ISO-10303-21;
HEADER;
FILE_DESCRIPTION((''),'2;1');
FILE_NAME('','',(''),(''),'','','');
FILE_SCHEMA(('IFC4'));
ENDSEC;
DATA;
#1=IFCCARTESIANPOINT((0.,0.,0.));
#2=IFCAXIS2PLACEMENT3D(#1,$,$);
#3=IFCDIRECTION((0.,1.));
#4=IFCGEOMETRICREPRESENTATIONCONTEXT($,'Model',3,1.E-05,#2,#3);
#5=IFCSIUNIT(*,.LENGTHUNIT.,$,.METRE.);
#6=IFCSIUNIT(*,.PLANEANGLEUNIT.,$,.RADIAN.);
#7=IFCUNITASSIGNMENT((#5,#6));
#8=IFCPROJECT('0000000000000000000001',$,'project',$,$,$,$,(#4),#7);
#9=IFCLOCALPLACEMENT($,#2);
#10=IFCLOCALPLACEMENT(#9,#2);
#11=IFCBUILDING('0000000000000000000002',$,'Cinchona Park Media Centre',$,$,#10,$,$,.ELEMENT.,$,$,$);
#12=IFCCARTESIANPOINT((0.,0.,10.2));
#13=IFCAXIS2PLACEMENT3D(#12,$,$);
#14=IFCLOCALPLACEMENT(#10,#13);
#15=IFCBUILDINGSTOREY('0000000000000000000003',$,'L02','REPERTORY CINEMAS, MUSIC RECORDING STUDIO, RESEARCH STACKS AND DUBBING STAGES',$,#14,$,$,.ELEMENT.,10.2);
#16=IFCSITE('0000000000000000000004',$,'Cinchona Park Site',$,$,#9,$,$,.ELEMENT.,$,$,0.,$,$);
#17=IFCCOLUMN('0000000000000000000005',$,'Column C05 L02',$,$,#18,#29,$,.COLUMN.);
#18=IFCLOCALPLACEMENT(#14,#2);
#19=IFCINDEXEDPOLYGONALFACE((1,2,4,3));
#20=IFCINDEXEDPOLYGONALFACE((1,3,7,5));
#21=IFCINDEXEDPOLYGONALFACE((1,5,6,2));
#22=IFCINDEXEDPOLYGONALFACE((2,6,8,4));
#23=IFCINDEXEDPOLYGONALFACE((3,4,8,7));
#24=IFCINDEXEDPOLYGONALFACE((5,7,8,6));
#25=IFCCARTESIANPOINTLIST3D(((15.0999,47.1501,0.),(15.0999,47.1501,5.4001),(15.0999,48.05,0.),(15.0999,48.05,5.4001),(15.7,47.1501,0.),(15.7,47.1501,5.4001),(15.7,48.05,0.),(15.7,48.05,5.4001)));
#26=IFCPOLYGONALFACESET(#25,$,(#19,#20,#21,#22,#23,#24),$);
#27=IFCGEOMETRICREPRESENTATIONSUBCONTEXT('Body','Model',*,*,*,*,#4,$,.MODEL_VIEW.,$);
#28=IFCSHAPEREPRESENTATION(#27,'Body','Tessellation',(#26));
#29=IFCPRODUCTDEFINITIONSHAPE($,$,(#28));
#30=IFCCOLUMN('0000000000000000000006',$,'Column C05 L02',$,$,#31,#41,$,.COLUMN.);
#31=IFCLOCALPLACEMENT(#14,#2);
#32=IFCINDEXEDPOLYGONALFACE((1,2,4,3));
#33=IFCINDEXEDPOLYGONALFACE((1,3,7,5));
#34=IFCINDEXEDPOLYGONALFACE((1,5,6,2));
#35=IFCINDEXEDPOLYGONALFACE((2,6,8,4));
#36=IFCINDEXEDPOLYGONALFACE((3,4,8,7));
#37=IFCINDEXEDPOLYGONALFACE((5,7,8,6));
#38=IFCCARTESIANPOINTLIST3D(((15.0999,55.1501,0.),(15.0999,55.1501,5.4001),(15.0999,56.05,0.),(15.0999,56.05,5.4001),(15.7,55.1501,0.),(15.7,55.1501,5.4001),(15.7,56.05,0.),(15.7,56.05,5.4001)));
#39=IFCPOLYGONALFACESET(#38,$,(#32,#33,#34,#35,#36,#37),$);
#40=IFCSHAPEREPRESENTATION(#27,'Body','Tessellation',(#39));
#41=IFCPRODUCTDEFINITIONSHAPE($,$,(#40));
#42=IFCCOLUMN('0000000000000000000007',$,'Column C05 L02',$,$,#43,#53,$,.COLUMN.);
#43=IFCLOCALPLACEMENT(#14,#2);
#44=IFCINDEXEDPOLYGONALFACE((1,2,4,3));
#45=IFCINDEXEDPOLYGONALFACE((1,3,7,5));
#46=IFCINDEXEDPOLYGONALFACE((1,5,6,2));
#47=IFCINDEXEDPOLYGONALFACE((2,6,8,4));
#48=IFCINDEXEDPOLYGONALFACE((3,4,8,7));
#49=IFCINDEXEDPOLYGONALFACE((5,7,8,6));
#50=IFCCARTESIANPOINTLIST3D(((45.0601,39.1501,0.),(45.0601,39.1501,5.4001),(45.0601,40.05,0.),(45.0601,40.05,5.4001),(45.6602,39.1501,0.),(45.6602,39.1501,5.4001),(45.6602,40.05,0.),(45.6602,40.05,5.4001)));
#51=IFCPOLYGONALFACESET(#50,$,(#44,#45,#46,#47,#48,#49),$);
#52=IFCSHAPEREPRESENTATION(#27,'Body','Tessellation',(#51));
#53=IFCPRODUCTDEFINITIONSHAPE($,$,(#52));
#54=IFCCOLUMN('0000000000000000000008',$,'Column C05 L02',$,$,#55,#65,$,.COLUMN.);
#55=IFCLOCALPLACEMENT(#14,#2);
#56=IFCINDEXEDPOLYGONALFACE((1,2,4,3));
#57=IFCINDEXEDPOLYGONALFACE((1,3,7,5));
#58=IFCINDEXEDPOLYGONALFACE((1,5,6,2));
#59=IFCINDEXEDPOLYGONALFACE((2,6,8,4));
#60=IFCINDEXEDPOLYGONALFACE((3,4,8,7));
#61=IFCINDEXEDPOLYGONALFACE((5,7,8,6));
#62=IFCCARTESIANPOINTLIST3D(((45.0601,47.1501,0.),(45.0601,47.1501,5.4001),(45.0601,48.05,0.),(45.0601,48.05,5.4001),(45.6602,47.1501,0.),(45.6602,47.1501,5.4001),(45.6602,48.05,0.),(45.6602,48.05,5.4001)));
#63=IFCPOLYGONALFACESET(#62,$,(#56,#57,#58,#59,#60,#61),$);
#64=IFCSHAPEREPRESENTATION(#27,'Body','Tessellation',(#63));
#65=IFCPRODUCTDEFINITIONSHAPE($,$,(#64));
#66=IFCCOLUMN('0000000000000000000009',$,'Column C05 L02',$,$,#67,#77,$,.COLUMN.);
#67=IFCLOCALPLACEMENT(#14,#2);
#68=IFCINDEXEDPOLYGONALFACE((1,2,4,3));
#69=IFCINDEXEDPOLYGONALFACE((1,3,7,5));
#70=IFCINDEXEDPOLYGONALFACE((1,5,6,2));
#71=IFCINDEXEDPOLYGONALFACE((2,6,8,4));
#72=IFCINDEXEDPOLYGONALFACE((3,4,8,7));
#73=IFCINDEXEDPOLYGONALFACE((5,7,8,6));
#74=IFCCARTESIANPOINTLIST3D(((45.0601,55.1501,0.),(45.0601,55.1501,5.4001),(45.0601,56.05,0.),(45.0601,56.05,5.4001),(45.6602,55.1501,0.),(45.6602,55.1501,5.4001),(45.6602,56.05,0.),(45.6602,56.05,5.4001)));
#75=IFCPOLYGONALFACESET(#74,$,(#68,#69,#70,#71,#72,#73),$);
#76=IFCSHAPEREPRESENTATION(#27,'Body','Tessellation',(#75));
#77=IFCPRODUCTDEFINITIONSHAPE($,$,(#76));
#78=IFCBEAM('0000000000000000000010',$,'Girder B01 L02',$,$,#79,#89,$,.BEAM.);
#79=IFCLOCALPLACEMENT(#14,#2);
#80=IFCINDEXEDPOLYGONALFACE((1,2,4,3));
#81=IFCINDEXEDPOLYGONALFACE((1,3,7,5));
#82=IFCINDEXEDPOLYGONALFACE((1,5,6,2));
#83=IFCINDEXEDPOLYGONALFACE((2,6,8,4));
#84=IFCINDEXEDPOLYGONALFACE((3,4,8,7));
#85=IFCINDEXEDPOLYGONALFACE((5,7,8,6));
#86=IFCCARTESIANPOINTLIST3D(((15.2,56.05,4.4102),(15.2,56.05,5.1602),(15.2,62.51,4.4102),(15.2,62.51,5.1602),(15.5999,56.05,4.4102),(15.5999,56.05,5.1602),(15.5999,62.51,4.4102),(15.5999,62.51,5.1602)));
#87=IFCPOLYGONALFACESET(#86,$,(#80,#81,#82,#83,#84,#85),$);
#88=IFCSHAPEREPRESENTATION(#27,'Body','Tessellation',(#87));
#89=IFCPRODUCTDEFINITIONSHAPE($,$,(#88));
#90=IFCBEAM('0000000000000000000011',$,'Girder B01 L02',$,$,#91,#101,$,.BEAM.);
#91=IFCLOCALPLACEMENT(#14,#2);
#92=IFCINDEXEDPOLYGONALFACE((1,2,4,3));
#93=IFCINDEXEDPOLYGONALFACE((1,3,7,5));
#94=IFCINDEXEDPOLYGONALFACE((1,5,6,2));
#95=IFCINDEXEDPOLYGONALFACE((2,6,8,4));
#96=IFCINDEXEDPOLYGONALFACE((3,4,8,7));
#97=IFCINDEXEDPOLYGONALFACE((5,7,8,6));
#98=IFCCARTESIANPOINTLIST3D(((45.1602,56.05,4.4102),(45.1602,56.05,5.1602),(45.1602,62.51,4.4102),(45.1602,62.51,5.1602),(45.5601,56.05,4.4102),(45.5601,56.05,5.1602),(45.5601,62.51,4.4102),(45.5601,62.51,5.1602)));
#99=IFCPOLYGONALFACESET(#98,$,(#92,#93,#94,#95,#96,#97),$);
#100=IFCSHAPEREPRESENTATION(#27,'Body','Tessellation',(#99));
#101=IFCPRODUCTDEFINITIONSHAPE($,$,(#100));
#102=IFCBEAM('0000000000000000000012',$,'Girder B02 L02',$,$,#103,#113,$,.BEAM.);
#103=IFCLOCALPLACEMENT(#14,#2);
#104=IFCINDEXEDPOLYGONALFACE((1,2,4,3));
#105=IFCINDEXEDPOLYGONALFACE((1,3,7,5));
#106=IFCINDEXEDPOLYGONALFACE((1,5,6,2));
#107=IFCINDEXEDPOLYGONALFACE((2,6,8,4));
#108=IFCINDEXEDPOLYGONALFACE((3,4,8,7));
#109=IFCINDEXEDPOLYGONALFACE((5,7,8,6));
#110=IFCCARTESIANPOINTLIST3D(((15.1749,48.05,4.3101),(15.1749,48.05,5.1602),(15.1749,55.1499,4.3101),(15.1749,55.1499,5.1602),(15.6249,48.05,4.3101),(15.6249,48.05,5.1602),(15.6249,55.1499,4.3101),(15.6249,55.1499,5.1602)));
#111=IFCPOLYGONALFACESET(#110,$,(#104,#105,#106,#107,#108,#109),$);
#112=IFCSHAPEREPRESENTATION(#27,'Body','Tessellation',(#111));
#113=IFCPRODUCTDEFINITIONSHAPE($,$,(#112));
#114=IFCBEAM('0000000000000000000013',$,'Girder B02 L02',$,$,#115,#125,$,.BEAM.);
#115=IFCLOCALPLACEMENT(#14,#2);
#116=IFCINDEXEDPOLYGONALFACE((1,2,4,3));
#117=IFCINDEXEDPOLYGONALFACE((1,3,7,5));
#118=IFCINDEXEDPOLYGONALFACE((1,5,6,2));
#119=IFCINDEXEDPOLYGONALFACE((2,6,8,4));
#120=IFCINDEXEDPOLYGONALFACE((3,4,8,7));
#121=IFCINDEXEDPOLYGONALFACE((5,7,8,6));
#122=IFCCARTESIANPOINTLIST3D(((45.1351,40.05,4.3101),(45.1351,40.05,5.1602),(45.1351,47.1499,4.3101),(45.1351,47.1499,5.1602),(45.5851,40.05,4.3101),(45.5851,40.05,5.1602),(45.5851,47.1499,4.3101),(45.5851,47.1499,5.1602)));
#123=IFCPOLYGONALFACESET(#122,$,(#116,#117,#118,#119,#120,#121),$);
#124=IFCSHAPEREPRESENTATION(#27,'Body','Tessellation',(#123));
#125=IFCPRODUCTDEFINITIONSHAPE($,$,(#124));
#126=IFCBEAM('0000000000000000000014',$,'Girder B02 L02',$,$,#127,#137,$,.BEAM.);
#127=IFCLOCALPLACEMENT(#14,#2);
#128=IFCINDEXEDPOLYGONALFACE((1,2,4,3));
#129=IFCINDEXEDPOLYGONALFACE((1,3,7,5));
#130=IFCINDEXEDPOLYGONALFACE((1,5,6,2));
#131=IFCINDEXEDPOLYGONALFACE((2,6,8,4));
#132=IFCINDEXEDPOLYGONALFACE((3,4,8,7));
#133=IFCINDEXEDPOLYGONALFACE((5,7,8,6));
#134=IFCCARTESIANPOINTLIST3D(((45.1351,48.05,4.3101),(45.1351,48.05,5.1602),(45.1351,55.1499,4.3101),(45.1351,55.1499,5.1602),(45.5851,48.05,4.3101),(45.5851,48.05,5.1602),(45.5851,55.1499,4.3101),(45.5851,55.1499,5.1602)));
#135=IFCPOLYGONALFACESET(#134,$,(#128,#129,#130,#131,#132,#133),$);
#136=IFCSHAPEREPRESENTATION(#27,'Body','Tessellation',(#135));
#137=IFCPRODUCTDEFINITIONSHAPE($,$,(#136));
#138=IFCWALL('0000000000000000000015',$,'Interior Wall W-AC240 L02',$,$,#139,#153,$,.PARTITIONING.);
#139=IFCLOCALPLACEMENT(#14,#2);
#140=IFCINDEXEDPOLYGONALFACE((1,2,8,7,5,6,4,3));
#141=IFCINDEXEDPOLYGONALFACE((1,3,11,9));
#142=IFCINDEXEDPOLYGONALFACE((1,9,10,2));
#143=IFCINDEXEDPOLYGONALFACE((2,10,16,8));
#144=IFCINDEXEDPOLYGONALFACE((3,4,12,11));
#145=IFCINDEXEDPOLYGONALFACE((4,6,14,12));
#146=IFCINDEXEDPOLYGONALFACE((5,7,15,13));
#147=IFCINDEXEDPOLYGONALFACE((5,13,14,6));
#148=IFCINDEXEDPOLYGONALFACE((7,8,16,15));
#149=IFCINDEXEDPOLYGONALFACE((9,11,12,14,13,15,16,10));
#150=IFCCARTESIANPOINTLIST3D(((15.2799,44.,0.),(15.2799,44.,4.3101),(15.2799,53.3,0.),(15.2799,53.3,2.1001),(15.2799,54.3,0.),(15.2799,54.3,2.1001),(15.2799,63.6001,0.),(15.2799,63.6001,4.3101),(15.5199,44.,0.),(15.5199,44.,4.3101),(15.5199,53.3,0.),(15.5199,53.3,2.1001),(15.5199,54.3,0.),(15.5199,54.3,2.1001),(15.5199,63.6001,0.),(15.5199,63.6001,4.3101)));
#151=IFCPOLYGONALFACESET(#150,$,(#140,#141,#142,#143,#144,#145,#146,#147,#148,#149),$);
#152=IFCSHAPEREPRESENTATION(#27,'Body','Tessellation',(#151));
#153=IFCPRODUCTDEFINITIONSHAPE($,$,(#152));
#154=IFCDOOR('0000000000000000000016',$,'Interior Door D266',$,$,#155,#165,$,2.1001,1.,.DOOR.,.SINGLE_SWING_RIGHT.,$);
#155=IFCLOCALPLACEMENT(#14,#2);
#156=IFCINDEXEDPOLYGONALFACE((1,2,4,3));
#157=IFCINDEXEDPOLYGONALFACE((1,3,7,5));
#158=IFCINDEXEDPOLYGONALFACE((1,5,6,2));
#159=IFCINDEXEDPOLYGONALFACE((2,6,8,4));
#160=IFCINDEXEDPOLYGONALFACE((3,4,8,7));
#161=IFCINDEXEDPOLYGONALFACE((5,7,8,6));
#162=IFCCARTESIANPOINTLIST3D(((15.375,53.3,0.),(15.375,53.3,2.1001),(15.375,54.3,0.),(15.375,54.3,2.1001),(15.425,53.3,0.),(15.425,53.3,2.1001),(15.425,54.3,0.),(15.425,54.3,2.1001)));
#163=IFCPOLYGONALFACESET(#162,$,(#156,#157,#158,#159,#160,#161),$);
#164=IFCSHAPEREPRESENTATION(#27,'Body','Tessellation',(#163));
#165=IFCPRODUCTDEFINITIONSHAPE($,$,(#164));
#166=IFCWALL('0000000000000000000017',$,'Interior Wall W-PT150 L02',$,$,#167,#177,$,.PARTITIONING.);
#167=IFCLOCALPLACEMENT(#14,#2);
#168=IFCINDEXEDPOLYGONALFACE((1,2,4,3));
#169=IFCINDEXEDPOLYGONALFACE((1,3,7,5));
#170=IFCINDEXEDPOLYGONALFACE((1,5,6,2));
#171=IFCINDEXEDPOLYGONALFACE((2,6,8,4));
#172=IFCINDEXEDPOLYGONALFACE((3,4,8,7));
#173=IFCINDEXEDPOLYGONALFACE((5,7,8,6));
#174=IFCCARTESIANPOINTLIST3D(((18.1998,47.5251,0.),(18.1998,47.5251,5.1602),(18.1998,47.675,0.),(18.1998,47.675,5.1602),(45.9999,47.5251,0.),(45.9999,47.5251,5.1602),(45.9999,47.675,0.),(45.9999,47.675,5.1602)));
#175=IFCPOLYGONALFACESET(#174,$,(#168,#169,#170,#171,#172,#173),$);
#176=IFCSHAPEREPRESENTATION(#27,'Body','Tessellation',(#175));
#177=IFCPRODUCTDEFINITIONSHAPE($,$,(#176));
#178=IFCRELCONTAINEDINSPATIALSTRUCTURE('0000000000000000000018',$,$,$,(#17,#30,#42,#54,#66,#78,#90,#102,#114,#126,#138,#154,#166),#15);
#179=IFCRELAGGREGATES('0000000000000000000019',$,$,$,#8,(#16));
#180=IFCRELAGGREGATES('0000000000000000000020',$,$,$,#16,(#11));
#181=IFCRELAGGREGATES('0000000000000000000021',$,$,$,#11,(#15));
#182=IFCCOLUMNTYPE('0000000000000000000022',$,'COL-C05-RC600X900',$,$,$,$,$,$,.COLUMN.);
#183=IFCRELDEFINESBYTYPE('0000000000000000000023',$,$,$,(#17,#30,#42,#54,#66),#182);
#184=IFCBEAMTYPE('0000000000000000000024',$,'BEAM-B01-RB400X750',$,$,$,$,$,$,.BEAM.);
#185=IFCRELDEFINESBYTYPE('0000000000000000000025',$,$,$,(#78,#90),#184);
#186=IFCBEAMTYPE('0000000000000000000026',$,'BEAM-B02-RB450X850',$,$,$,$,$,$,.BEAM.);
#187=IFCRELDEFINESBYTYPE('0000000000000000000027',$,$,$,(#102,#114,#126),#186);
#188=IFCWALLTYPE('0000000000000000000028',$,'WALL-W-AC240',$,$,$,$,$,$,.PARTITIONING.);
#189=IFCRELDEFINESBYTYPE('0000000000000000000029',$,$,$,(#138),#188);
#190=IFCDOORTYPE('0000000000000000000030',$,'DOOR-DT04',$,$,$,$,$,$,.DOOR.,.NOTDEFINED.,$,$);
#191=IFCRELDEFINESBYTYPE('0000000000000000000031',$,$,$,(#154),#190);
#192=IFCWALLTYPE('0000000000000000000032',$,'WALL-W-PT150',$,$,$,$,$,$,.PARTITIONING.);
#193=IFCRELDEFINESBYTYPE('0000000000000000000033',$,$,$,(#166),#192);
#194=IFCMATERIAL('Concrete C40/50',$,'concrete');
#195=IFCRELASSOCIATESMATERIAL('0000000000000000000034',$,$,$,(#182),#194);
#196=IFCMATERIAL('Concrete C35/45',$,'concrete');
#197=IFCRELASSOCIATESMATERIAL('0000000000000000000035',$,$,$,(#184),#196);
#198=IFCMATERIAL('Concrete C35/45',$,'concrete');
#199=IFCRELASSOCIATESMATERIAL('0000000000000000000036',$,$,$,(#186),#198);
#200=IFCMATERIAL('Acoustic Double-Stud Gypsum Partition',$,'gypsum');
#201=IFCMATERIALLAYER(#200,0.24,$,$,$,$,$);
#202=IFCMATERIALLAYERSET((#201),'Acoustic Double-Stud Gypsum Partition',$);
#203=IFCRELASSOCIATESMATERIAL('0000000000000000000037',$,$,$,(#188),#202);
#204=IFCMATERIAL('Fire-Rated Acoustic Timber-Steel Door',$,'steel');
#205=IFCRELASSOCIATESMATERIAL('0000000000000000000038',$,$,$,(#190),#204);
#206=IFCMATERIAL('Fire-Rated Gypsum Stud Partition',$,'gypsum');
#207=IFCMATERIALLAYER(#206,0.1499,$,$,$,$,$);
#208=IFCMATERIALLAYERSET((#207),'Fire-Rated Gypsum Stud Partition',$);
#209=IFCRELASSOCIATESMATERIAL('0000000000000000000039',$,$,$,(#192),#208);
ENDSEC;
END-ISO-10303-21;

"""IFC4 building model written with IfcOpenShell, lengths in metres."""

from ifc_helpers import new_model, si_unit, direction, frame, frame_2d, origin, origin_2d, place, context, subcontext, project, spatial, rectangle, extrude, material, layer, layer_set, material_profile, profile_set, type_object, element, fill, save


model = new_model("IFC4")

# Units and contexts
model_context = context("Model", 3, precision=1e-05, world=origin(), true_north=direction((0.0, 1.0)))
body_context = subcontext(model_context, "Body", "Model", "MODEL_VIEW")
ifc_project = project(units=[si_unit("LENGTHUNIT", "METRE"), si_unit("PLANEANGLEUNIT", "RADIAN")], contexts=[model_context])

# Site, building, storey
site_placement = place(None, origin())
site = spatial("IfcSite", under=ifc_project, at=site_placement, Name="Cinchona Park Site", CompositionType="ELEMENT", RefElevation=0.0)
building_placement = place(site_placement, origin())
building = spatial("IfcBuilding", under=site, at=building_placement, Name="Cinchona Park Media Centre", CompositionType="ELEMENT")
storey_placement = place(building_placement, frame((0.0, 0.0, 10.2)))
storey = spatial("IfcBuildingStorey", under=building, at=storey_placement, Name="L02", Description="REPERTORY CINEMAS, MUSIC RECORDING STUDIO, RESEARCH STACKS AND DUBBING STAGES", CompositionType="ELEMENT", Elevation=10.2)

# Columns
ifc_material_1 = material(Name="Concrete C40/50", Category="concrete")
ifc_material_profile_1 = material_profile(ifc_material_1, rectangle(XDim=0.6001, YDim=0.8999, at=origin_2d()), Name="RC 600X900")
ifc_profile_set_1 = profile_set([ifc_material_profile_1], Name="Concrete C40/50")
column_type = type_object("IfcColumnType", Name="COL-C05-RC600X900", PredefinedType="COLUMN", material=ifc_profile_set_1)
for number, where, z_axis, x_axis, name in (
    (1, (15.3999, 47.6001, 0.0), (0.0, 0.0, 1.0), (1.0, 0.0, 0.0), "Column C05 L02"),
    (2, (15.3999, 55.6001, 0.0), (0.0, 0.0, 1.0), (1.0, 0.0, 0.0), "Column C05 L02"),
    (3, (45.3601, 39.6001, 0.0), (0.0, 0.0, 1.0), (1.0, 0.0, 0.0), "Column C05 L02"),
    (4, (45.3601, 47.6001, 0.0), (0.0, 0.0, 1.0), (1.0, 0.0, 0.0), "Column C05 L02"),
    (5, (45.3601, 55.6001, 0.0), (0.0, 0.0, 1.0), (1.0, 0.0, 0.0), "Column C05 L02"),
):
    element("IfcColumn", number, at=place(storey_placement, frame(where, z_axis=z_axis, x_axis=x_axis)), inside=storey, type_object=column_type, Name=name, PredefinedType="COLUMN", context=body_context, shape_type="SweptSolid", body=[
        extrude(rectangle(XDim=0.6001, YDim=0.8999, at=origin_2d()), origin(), (0.0, 0.0, 1.0), 5.4001),
    ])

# Beams
ifc_material_2 = material(Name="Concrete C35/45", Category="concrete")
ifc_material_profile_2 = material_profile(ifc_material_2, rectangle(XDim=0.3999, YDim=0.75, at=origin_2d()), Name="RB 400X750")
ifc_profile_set_2 = profile_set([ifc_material_profile_2], Name="Concrete C35/45")
beam_type_1 = type_object("IfcBeamType", Name="BEAM-B01-RB400X750", PredefinedType="BEAM", material=ifc_profile_set_2)
for number, where, z_axis, x_axis, name in (
    (6, (15.3999, 56.05, 4.7852), (0.0, 1.0, 0.0), (-1.0, 0.0, 0.0), "Girder B01 L02"),
    (7, (45.3601, 56.05, 4.7852), (0.0, 1.0, 0.0), (-1.0, 0.0, 0.0), "Girder B01 L02"),
):
    element("IfcBeam", number, at=place(storey_placement, frame(where, z_axis=z_axis, x_axis=x_axis)), inside=storey, type_object=beam_type_1, Name=name, PredefinedType="BEAM", context=body_context, shape_type="SweptSolid", body=[
        extrude(rectangle(XDim=0.3999, YDim=0.75, at=origin_2d()), origin(), (0.0, 0.0, 1.0), 6.46),
    ])
ifc_material_3 = material(Name="Concrete C35/45", Category="concrete")
ifc_material_profile_3 = material_profile(ifc_material_3, rectangle(XDim=0.45, YDim=0.8501, at=origin_2d()), Name="RB 450X850")
ifc_profile_set_3 = profile_set([ifc_material_profile_3], Name="Concrete C35/45")
beam_type_2 = type_object("IfcBeamType", Name="BEAM-B02-RB450X850", PredefinedType="BEAM", material=ifc_profile_set_3)
for number, where, z_axis, x_axis, name in (
    (8, (15.3999, 48.05, 4.7351), (0.0, 1.0, 0.0), (-1.0, 0.0, 0.0), "Girder B02 L02"),
    (9, (45.3601, 40.05, 4.7351), (0.0, 1.0, 0.0), (-1.0, 0.0, 0.0), "Girder B02 L02"),
    (10, (45.3601, 48.05, 4.7351), (0.0, 1.0, 0.0), (-1.0, 0.0, 0.0), "Girder B02 L02"),
):
    element("IfcBeam", number, at=place(storey_placement, frame(where, z_axis=z_axis, x_axis=x_axis)), inside=storey, type_object=beam_type_2, Name=name, PredefinedType="BEAM", context=body_context, shape_type="SweptSolid", body=[
        extrude(rectangle(XDim=0.45, YDim=0.8501, at=origin_2d()), origin(), (0.0, 0.0, 1.0), 7.0999),
    ])

# Wall, opening, door
ifc_material_4 = material(Name="Acoustic Double-Stud Gypsum Partition", Category="gypsum")
ifc_layer_1 = layer(ifc_material_4, 0.24)
ifc_layer_set_1 = layer_set([ifc_layer_1], Name="Acoustic Double-Stud Gypsum Partition")
wall_type_1 = type_object("IfcWallType", Name="WALL-W-AC240", PredefinedType="PARTITIONING", material=ifc_layer_set_1)
wall_1_placement = place(storey_placement, frame((15.3999, 44.0, 0.0), z_axis=(0.0, 0.0, 1.0), x_axis=(0.0, 1.0, 0.0)))
wall_1 = element("IfcWall", 11, at=wall_1_placement, inside=storey, type_object=wall_type_1, Name="Interior Wall W-AC240 L02", PredefinedType="PARTITIONING", context=body_context, shape_type="SweptSolid", body=[
    extrude(rectangle(XDim=19.6001, YDim=0.24, at=frame_2d((9.8, 0.0))), origin(), (0.0, 0.0, 1.0), 4.3101),
])
opening_1_placement = place(wall_1_placement, frame((9.3, 0.0, 0.0)))
opening_1 = element("IfcOpeningElement", 12, at=opening_1_placement, cuts=wall_1, PredefinedType="OPENING", context=body_context, shape_type="SweptSolid", body=[
    extrude(rectangle(XDim=1.0, YDim=2.1001, at=frame_2d((0.5, 1.05))), frame((0.0, 0.1299, 0.0), z_axis=(0.0, -1.0, 0.0), x_axis=(1.0, 0.0, 0.0)), (0.0, 0.0, 1.0), 0.26),
])
ifc_material_5 = material(Name="Fire-Rated Acoustic Timber-Steel Door", Category="steel")
door_type_1 = type_object("IfcDoorType", Name="DOOR-DT04", OperationType="NOTDEFINED", PredefinedType="DOOR", material=ifc_material_5)
door_1_placement = place(opening_1_placement, origin())
door_1 = element("IfcDoor", 13, at=door_1_placement, inside=storey, type_object=door_type_1, Name="Interior Door D266", OperationType="SINGLE_SWING_RIGHT", OverallHeight=2.1001, OverallWidth=1.0, PredefinedType="DOOR", context=body_context, shape_type="SweptSolid", body=[
    extrude(rectangle(XDim=1.0, YDim=2.1001, at=frame_2d((0.5, 1.05))), frame((0.0, 0.0249, 0.0), z_axis=(0.0, -1.0, 0.0), x_axis=(1.0, 0.0, 0.0)), (0.0, 0.0, 1.0), 0.05),
])
fill(opening_1, door_1)

# Wall
ifc_material_6 = material(Name="Fire-Rated Gypsum Stud Partition", Category="gypsum")
ifc_layer_2 = layer(ifc_material_6, 0.1499)
ifc_layer_set_2 = layer_set([ifc_layer_2], Name="Fire-Rated Gypsum Stud Partition")
wall_type_2 = type_object("IfcWallType", Name="WALL-W-PT150", PredefinedType="PARTITIONING", material=ifc_layer_set_2)
wall_2_placement = place(storey_placement, frame((18.2, 47.6001, 0.0), z_axis=(0.0, 0.0, 1.0), x_axis=(1.0, 0.0, 0.0)))
element("IfcWall", 14, at=wall_2_placement, inside=storey, type_object=wall_type_2, Name="Interior Wall W-PT150 L02", PredefinedType="PARTITIONING", context=body_context, shape_type="SweptSolid", body=[
    extrude(rectangle(XDim=27.8, YDim=0.1499, at=frame_2d((13.8999, 0.0))), origin(), (0.0, 0.0, 1.0), 5.1602),
])

save(model, "model.ifc")
